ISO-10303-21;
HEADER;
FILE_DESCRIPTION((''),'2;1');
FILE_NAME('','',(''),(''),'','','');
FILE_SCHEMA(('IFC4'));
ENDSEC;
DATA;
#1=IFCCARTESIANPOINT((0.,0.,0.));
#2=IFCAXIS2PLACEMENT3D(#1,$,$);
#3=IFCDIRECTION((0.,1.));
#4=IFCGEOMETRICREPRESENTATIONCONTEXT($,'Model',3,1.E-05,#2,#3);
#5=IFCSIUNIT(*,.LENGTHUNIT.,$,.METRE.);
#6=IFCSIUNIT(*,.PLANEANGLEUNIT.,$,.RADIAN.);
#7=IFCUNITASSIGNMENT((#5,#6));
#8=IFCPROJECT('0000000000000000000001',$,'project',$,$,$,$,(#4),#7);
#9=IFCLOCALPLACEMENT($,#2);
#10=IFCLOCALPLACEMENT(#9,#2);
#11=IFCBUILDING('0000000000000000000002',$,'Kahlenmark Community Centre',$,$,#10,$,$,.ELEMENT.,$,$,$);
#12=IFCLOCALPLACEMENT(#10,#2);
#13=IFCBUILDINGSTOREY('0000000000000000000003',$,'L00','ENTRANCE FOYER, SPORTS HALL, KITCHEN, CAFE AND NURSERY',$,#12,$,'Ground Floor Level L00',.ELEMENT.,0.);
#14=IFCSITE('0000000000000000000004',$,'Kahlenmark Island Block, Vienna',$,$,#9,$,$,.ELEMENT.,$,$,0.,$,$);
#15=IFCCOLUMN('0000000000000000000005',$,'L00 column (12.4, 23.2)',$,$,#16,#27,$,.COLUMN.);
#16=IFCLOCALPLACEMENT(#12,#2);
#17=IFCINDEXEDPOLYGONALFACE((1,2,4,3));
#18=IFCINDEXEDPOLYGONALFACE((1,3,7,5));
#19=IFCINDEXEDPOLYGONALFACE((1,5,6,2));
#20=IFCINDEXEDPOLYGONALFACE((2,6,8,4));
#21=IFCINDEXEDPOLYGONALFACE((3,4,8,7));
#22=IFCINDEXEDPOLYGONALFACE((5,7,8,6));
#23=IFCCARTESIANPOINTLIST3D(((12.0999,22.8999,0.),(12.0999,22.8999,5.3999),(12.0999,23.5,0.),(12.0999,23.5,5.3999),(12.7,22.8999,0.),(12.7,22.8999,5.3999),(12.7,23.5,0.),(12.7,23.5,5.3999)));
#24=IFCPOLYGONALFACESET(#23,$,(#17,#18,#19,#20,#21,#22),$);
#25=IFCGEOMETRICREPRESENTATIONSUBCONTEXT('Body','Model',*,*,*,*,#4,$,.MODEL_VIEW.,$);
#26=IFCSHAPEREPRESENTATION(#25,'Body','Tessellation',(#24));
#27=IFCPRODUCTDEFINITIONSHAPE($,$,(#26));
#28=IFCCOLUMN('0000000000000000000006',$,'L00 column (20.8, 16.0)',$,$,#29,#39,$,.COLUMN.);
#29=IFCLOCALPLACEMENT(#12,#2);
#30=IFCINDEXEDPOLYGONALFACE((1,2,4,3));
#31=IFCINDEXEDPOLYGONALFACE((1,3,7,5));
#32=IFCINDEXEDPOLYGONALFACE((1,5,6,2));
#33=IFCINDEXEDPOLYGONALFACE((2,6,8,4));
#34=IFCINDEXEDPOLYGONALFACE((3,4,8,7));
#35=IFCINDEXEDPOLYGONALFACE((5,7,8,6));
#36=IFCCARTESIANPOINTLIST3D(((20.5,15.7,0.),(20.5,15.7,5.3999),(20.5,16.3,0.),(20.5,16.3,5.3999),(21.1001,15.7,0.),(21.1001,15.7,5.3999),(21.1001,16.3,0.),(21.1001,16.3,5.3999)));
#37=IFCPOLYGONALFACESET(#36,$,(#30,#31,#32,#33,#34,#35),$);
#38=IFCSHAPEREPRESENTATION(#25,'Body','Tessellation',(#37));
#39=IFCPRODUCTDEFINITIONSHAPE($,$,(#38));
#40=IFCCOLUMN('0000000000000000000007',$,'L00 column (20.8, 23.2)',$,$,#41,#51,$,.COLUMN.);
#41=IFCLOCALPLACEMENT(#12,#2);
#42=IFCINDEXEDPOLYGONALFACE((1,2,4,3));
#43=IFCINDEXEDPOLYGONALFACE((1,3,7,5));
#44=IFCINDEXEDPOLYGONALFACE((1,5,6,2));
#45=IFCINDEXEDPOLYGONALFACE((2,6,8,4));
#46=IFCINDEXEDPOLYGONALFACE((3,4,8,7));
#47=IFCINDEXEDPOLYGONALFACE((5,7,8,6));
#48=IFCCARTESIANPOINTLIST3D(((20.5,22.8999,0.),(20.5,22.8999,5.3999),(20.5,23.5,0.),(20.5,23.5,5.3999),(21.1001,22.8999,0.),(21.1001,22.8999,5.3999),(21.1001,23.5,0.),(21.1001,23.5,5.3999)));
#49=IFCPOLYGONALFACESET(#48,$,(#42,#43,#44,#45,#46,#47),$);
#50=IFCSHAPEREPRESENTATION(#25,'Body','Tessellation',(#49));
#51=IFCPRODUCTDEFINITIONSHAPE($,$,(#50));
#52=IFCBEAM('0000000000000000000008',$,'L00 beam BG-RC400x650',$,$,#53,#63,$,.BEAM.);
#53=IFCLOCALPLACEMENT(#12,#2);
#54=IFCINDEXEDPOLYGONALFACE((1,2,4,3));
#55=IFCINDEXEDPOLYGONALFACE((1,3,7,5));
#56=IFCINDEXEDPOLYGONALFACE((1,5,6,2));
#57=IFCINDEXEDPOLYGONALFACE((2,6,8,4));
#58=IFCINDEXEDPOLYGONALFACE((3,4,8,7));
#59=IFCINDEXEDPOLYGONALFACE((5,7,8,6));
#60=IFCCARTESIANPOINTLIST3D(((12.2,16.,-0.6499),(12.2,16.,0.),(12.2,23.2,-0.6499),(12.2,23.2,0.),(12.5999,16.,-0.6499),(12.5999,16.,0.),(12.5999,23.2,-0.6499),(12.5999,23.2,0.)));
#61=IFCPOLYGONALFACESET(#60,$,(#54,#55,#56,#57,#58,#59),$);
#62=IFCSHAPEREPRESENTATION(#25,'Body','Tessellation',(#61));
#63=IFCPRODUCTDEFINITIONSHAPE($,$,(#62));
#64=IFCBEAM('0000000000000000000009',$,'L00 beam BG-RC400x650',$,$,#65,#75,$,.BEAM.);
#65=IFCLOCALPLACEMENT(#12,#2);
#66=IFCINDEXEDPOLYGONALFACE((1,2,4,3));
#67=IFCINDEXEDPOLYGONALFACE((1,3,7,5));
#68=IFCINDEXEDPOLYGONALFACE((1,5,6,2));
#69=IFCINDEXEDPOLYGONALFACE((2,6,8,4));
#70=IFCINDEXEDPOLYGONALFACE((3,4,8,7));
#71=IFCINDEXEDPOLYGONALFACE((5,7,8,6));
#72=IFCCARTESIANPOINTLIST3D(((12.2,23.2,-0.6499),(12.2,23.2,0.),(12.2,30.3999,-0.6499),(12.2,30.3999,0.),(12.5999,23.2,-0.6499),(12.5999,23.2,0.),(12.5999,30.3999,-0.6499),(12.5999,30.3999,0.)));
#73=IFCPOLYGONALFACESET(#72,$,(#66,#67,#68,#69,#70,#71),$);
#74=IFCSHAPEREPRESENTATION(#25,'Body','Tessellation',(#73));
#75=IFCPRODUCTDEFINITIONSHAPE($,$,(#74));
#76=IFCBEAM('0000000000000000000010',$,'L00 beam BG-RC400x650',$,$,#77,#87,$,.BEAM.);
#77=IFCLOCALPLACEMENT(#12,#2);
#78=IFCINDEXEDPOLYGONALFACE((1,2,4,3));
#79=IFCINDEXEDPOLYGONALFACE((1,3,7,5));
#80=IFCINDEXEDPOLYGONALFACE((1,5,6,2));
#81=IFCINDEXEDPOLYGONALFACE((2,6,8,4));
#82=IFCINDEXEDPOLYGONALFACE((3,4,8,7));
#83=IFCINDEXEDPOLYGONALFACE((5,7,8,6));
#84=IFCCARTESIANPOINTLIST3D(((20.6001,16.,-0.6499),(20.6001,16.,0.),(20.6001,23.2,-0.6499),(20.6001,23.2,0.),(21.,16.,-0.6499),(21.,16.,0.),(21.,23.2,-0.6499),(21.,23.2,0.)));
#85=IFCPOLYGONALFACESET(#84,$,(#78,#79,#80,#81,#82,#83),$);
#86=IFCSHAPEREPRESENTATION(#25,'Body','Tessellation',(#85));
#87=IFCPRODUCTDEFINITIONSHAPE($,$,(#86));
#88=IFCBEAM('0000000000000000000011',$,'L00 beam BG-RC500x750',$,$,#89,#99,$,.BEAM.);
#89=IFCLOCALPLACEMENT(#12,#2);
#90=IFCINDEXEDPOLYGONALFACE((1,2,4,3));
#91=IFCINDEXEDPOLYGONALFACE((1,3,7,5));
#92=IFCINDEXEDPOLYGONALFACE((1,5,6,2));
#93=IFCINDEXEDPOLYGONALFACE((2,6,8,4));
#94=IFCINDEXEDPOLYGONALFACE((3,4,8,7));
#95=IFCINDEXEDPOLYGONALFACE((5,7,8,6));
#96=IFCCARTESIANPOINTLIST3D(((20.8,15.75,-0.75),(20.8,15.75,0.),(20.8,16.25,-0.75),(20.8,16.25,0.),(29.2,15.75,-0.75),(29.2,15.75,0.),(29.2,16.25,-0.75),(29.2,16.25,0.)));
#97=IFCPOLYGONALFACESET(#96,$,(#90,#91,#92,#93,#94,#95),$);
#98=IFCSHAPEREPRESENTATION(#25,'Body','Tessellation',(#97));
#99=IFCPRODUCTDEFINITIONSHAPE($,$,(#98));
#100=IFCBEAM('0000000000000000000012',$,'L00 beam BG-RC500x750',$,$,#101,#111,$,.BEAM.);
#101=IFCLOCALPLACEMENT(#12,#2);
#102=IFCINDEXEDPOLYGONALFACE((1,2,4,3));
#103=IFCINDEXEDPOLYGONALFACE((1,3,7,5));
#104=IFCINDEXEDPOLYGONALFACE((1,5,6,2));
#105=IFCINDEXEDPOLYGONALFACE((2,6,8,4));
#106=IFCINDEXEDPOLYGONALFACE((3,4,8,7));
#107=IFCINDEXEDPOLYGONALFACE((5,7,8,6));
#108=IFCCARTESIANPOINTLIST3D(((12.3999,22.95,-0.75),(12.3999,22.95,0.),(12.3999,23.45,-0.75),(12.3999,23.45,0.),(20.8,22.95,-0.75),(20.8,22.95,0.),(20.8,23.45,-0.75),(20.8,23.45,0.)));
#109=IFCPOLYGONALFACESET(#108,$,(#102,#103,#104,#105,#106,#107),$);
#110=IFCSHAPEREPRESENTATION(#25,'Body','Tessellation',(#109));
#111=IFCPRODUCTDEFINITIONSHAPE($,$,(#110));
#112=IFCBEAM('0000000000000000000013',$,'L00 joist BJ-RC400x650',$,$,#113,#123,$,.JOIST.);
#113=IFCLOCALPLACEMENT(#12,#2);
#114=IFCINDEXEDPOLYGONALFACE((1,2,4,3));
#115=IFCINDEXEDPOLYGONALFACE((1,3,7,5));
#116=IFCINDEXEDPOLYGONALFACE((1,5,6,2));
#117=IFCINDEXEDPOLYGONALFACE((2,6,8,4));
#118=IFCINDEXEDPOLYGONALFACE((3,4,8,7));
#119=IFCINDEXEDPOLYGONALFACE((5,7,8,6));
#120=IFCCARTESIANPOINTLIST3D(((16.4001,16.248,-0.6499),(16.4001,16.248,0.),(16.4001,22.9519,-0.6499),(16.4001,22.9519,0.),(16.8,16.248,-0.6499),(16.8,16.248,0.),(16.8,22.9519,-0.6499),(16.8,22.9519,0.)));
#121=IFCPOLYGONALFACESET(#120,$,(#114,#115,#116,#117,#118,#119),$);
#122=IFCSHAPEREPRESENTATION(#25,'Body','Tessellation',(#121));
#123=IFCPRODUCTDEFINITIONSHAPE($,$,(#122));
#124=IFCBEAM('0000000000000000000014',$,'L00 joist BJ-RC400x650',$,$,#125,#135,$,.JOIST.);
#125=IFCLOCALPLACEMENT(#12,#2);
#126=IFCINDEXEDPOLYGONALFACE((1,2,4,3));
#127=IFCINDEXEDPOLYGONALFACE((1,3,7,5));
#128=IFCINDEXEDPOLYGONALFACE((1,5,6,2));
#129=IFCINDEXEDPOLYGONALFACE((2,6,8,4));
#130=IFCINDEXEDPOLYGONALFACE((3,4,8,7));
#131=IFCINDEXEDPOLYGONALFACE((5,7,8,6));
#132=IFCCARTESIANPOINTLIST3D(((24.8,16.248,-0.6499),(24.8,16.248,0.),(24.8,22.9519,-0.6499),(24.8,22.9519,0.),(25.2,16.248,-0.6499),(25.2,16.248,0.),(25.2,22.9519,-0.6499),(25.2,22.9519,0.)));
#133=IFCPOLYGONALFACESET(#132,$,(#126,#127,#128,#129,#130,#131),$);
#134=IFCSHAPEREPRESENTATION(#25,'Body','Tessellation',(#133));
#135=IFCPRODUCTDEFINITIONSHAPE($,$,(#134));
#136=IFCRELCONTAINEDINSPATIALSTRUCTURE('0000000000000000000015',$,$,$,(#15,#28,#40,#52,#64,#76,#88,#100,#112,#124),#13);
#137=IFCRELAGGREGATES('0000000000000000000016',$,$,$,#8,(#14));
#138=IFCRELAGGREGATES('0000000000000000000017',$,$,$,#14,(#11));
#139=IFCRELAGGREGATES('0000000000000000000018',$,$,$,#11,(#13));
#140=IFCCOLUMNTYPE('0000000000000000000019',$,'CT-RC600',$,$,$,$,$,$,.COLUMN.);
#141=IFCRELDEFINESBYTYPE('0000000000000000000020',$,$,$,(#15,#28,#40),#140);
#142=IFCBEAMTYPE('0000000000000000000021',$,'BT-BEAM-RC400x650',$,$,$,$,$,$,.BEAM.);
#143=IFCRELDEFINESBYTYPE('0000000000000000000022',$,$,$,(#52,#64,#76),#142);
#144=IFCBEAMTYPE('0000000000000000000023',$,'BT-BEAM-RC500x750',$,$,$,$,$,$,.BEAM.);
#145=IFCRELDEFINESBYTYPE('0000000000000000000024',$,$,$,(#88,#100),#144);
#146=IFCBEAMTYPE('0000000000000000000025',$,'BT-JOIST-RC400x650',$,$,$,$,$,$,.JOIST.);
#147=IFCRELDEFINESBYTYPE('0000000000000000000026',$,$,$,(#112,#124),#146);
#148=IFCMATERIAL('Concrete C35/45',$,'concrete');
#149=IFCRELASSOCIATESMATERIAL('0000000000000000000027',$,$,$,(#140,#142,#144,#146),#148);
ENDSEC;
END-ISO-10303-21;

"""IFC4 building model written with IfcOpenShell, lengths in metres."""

from ifc_helpers import new_model, si_unit, direction, frame, origin, origin_2d, place, context, subcontext, project, spatial, rectangle, extrude, material, material_profile, profile_set, type_object, element, save


model = new_model("IFC4")

# Units and contexts
model_context = context("Model", 3, precision=1e-05, world=origin(), true_north=direction((0.0, 1.0)))
body_context = subcontext(model_context, "Body", "Model", "MODEL_VIEW")
ifc_project = project(units=[si_unit("LENGTHUNIT", "METRE"), si_unit("PLANEANGLEUNIT", "RADIAN")], contexts=[model_context])

# Site, building, storey
site_placement = place(None, origin())
site = spatial("IfcSite", under=ifc_project, at=site_placement, Name="Kahlenmark Island Block, Vienna", CompositionType="ELEMENT", RefElevation=0.0)
building_placement = place(site_placement, origin())
building = spatial("IfcBuilding", under=site, at=building_placement, Name="Kahlenmark Community Centre", CompositionType="ELEMENT")
storey_placement = place(building_placement, origin())
storey = spatial("IfcBuildingStorey", under=building, at=storey_placement, Name="L00", Description="ENTRANCE FOYER, SPORTS HALL, KITCHEN, CAFE AND NURSERY", LongName="Ground Floor Level L00", CompositionType="ELEMENT", Elevation=0.0)

# Columns
ifc_material_1 = material(Name="Concrete C35/45", Category="concrete")
ifc_material_profile_1 = material_profile(ifc_material_1, rectangle(XDim=0.6001, YDim=0.6001, at=origin_2d()), Name="RC 600x600")
ifc_profile_set_1 = profile_set([ifc_material_profile_1], Name="Concrete C35/45")
column_type = type_object("IfcColumnType", Name="CT-RC600", PredefinedType="COLUMN", material=ifc_profile_set_1)
for number, where, z_axis, x_axis, name in (
    (1, (12.3999, 23.2, 0.0), (0.0, 0.0, 1.0), (1.0, 0.0, 0.0), "L00 column (12.4, 23.2)"),
    (2, (20.8, 16.0, 0.0), (0.0, 0.0, 1.0), (1.0, 0.0, 0.0), "L00 column (20.8, 16.0)"),
    (3, (20.8, 23.2, 0.0), (0.0, 0.0, 1.0), (1.0, 0.0, 0.0), "L00 column (20.8, 23.2)"),
):
    element("IfcColumn", number, at=place(storey_placement, frame(where, z_axis=z_axis, x_axis=x_axis)), inside=storey, type_object=column_type, Name=name, PredefinedType="COLUMN", context=body_context, shape_type="SweptSolid", body=[
        extrude(rectangle(XDim=0.6001, YDim=0.6001, at=origin_2d()), origin(), (0.0, 0.0, 1.0), 5.3999),
    ])

# Beams
ifc_material_profile_2 = material_profile(ifc_material_1, rectangle(XDim=0.3999, YDim=0.6499, at=origin_2d()), Name="RC 400x650")
ifc_profile_set_2 = profile_set([ifc_material_profile_2], Name="Concrete C35/45")
beam_type_1 = type_object("IfcBeamType", Name="BT-BEAM-RC400x650", PredefinedType="BEAM", material=ifc_profile_set_2)
for number, where, z_axis, x_axis, name in (
    (4, (12.3999, 16.0, -0.325), (0.0, 1.0, 0.0), (-1.0, 0.0, 0.0), "L00 beam BG-RC400x650"),
    (5, (12.3999, 23.2, -0.325), (0.0, 1.0, 0.0), (-1.0, 0.0, 0.0), "L00 beam BG-RC400x650"),
    (6, (20.8, 16.0, -0.325), (0.0, 1.0, 0.0), (-1.0, 0.0, 0.0), "L00 beam BG-RC400x650"),
):
    element("IfcBeam", number, at=place(storey_placement, frame(where, z_axis=z_axis, x_axis=x_axis)), inside=storey, type_object=beam_type_1, Name=name, PredefinedType="BEAM", context=body_context, shape_type="SweptSolid", body=[
        extrude(rectangle(XDim=0.3999, YDim=0.6499, at=origin_2d()), origin(), (0.0, 0.0, 1.0), 7.2),
    ])
ifc_material_profile_3 = material_profile(ifc_material_1, rectangle(XDim=0.5, YDim=0.75, at=origin_2d()), Name="RC 500x750")
ifc_profile_set_3 = profile_set([ifc_material_profile_3], Name="Concrete C35/45")
beam_type_2 = type_object("IfcBeamType", Name="BT-BEAM-RC500x750", PredefinedType="BEAM", material=ifc_profile_set_3)
beam_1_placement = place(storey_placement, frame((20.8, 16.0, -0.375), z_axis=(1.0, 0.0, 0.0), x_axis=(0.0, 1.0, 0.0)))
element("IfcBeam", 7, at=beam_1_placement, inside=storey, type_object=beam_type_2, Name="L00 beam BG-RC500x750", PredefinedType="BEAM", context=body_context, shape_type="SweptSolid", body=[
    extrude(rectangle(XDim=0.5, YDim=0.75, at=origin_2d()), origin(), (0.0, 0.0, 1.0), 8.3999),
])
beam_2_placement = place(storey_placement, frame((12.3999, 23.2, -0.375), z_axis=(1.0, 0.0, 0.0), x_axis=(0.0, 1.0, 0.0)))
element("IfcBeam", 8, at=beam_2_placement, inside=storey, type_object=beam_type_2, Name="L00 beam BG-RC500x750", PredefinedType="BEAM", context=body_context, shape_type="SweptSolid", body=[
    extrude(rectangle(XDim=0.5, YDim=0.75, at=origin_2d()), origin(), (0.0, 0.0, 1.0), 8.4001),
])
ifc_material_profile_4 = material_profile(ifc_material_1, rectangle(XDim=0.3999, YDim=0.6499, at=origin_2d()), Name="RC 400x650")
ifc_profile_set_4 = profile_set([ifc_material_profile_4], Name="Concrete C35/45")
beam_type_3 = type_object("IfcBeamType", Name="BT-JOIST-RC400x650", PredefinedType="JOIST", material=ifc_profile_set_4)
for number, where, z_axis, x_axis, name in (
    (9, (16.6001, 16.248, -0.325), (0.0, 1.0, 0.0), (-1.0, 0.0, 0.0), "L00 joist BJ-RC400x650"),
    (10, (25.0, 16.248, -0.325), (0.0, 1.0, 0.0), (-1.0, 0.0, 0.0), "L00 joist BJ-RC400x650"),
):
    element("IfcBeam", number, at=place(storey_placement, frame(where, z_axis=z_axis, x_axis=x_axis)), inside=storey, type_object=beam_type_3, Name=name, PredefinedType="JOIST", context=body_context, shape_type="SweptSolid", body=[
        extrude(rectangle(XDim=0.3999, YDim=0.6499, at=origin_2d()), origin(), (0.0, 0.0, 1.0), 6.7039),
    ])

save(model, "model.ifc")
